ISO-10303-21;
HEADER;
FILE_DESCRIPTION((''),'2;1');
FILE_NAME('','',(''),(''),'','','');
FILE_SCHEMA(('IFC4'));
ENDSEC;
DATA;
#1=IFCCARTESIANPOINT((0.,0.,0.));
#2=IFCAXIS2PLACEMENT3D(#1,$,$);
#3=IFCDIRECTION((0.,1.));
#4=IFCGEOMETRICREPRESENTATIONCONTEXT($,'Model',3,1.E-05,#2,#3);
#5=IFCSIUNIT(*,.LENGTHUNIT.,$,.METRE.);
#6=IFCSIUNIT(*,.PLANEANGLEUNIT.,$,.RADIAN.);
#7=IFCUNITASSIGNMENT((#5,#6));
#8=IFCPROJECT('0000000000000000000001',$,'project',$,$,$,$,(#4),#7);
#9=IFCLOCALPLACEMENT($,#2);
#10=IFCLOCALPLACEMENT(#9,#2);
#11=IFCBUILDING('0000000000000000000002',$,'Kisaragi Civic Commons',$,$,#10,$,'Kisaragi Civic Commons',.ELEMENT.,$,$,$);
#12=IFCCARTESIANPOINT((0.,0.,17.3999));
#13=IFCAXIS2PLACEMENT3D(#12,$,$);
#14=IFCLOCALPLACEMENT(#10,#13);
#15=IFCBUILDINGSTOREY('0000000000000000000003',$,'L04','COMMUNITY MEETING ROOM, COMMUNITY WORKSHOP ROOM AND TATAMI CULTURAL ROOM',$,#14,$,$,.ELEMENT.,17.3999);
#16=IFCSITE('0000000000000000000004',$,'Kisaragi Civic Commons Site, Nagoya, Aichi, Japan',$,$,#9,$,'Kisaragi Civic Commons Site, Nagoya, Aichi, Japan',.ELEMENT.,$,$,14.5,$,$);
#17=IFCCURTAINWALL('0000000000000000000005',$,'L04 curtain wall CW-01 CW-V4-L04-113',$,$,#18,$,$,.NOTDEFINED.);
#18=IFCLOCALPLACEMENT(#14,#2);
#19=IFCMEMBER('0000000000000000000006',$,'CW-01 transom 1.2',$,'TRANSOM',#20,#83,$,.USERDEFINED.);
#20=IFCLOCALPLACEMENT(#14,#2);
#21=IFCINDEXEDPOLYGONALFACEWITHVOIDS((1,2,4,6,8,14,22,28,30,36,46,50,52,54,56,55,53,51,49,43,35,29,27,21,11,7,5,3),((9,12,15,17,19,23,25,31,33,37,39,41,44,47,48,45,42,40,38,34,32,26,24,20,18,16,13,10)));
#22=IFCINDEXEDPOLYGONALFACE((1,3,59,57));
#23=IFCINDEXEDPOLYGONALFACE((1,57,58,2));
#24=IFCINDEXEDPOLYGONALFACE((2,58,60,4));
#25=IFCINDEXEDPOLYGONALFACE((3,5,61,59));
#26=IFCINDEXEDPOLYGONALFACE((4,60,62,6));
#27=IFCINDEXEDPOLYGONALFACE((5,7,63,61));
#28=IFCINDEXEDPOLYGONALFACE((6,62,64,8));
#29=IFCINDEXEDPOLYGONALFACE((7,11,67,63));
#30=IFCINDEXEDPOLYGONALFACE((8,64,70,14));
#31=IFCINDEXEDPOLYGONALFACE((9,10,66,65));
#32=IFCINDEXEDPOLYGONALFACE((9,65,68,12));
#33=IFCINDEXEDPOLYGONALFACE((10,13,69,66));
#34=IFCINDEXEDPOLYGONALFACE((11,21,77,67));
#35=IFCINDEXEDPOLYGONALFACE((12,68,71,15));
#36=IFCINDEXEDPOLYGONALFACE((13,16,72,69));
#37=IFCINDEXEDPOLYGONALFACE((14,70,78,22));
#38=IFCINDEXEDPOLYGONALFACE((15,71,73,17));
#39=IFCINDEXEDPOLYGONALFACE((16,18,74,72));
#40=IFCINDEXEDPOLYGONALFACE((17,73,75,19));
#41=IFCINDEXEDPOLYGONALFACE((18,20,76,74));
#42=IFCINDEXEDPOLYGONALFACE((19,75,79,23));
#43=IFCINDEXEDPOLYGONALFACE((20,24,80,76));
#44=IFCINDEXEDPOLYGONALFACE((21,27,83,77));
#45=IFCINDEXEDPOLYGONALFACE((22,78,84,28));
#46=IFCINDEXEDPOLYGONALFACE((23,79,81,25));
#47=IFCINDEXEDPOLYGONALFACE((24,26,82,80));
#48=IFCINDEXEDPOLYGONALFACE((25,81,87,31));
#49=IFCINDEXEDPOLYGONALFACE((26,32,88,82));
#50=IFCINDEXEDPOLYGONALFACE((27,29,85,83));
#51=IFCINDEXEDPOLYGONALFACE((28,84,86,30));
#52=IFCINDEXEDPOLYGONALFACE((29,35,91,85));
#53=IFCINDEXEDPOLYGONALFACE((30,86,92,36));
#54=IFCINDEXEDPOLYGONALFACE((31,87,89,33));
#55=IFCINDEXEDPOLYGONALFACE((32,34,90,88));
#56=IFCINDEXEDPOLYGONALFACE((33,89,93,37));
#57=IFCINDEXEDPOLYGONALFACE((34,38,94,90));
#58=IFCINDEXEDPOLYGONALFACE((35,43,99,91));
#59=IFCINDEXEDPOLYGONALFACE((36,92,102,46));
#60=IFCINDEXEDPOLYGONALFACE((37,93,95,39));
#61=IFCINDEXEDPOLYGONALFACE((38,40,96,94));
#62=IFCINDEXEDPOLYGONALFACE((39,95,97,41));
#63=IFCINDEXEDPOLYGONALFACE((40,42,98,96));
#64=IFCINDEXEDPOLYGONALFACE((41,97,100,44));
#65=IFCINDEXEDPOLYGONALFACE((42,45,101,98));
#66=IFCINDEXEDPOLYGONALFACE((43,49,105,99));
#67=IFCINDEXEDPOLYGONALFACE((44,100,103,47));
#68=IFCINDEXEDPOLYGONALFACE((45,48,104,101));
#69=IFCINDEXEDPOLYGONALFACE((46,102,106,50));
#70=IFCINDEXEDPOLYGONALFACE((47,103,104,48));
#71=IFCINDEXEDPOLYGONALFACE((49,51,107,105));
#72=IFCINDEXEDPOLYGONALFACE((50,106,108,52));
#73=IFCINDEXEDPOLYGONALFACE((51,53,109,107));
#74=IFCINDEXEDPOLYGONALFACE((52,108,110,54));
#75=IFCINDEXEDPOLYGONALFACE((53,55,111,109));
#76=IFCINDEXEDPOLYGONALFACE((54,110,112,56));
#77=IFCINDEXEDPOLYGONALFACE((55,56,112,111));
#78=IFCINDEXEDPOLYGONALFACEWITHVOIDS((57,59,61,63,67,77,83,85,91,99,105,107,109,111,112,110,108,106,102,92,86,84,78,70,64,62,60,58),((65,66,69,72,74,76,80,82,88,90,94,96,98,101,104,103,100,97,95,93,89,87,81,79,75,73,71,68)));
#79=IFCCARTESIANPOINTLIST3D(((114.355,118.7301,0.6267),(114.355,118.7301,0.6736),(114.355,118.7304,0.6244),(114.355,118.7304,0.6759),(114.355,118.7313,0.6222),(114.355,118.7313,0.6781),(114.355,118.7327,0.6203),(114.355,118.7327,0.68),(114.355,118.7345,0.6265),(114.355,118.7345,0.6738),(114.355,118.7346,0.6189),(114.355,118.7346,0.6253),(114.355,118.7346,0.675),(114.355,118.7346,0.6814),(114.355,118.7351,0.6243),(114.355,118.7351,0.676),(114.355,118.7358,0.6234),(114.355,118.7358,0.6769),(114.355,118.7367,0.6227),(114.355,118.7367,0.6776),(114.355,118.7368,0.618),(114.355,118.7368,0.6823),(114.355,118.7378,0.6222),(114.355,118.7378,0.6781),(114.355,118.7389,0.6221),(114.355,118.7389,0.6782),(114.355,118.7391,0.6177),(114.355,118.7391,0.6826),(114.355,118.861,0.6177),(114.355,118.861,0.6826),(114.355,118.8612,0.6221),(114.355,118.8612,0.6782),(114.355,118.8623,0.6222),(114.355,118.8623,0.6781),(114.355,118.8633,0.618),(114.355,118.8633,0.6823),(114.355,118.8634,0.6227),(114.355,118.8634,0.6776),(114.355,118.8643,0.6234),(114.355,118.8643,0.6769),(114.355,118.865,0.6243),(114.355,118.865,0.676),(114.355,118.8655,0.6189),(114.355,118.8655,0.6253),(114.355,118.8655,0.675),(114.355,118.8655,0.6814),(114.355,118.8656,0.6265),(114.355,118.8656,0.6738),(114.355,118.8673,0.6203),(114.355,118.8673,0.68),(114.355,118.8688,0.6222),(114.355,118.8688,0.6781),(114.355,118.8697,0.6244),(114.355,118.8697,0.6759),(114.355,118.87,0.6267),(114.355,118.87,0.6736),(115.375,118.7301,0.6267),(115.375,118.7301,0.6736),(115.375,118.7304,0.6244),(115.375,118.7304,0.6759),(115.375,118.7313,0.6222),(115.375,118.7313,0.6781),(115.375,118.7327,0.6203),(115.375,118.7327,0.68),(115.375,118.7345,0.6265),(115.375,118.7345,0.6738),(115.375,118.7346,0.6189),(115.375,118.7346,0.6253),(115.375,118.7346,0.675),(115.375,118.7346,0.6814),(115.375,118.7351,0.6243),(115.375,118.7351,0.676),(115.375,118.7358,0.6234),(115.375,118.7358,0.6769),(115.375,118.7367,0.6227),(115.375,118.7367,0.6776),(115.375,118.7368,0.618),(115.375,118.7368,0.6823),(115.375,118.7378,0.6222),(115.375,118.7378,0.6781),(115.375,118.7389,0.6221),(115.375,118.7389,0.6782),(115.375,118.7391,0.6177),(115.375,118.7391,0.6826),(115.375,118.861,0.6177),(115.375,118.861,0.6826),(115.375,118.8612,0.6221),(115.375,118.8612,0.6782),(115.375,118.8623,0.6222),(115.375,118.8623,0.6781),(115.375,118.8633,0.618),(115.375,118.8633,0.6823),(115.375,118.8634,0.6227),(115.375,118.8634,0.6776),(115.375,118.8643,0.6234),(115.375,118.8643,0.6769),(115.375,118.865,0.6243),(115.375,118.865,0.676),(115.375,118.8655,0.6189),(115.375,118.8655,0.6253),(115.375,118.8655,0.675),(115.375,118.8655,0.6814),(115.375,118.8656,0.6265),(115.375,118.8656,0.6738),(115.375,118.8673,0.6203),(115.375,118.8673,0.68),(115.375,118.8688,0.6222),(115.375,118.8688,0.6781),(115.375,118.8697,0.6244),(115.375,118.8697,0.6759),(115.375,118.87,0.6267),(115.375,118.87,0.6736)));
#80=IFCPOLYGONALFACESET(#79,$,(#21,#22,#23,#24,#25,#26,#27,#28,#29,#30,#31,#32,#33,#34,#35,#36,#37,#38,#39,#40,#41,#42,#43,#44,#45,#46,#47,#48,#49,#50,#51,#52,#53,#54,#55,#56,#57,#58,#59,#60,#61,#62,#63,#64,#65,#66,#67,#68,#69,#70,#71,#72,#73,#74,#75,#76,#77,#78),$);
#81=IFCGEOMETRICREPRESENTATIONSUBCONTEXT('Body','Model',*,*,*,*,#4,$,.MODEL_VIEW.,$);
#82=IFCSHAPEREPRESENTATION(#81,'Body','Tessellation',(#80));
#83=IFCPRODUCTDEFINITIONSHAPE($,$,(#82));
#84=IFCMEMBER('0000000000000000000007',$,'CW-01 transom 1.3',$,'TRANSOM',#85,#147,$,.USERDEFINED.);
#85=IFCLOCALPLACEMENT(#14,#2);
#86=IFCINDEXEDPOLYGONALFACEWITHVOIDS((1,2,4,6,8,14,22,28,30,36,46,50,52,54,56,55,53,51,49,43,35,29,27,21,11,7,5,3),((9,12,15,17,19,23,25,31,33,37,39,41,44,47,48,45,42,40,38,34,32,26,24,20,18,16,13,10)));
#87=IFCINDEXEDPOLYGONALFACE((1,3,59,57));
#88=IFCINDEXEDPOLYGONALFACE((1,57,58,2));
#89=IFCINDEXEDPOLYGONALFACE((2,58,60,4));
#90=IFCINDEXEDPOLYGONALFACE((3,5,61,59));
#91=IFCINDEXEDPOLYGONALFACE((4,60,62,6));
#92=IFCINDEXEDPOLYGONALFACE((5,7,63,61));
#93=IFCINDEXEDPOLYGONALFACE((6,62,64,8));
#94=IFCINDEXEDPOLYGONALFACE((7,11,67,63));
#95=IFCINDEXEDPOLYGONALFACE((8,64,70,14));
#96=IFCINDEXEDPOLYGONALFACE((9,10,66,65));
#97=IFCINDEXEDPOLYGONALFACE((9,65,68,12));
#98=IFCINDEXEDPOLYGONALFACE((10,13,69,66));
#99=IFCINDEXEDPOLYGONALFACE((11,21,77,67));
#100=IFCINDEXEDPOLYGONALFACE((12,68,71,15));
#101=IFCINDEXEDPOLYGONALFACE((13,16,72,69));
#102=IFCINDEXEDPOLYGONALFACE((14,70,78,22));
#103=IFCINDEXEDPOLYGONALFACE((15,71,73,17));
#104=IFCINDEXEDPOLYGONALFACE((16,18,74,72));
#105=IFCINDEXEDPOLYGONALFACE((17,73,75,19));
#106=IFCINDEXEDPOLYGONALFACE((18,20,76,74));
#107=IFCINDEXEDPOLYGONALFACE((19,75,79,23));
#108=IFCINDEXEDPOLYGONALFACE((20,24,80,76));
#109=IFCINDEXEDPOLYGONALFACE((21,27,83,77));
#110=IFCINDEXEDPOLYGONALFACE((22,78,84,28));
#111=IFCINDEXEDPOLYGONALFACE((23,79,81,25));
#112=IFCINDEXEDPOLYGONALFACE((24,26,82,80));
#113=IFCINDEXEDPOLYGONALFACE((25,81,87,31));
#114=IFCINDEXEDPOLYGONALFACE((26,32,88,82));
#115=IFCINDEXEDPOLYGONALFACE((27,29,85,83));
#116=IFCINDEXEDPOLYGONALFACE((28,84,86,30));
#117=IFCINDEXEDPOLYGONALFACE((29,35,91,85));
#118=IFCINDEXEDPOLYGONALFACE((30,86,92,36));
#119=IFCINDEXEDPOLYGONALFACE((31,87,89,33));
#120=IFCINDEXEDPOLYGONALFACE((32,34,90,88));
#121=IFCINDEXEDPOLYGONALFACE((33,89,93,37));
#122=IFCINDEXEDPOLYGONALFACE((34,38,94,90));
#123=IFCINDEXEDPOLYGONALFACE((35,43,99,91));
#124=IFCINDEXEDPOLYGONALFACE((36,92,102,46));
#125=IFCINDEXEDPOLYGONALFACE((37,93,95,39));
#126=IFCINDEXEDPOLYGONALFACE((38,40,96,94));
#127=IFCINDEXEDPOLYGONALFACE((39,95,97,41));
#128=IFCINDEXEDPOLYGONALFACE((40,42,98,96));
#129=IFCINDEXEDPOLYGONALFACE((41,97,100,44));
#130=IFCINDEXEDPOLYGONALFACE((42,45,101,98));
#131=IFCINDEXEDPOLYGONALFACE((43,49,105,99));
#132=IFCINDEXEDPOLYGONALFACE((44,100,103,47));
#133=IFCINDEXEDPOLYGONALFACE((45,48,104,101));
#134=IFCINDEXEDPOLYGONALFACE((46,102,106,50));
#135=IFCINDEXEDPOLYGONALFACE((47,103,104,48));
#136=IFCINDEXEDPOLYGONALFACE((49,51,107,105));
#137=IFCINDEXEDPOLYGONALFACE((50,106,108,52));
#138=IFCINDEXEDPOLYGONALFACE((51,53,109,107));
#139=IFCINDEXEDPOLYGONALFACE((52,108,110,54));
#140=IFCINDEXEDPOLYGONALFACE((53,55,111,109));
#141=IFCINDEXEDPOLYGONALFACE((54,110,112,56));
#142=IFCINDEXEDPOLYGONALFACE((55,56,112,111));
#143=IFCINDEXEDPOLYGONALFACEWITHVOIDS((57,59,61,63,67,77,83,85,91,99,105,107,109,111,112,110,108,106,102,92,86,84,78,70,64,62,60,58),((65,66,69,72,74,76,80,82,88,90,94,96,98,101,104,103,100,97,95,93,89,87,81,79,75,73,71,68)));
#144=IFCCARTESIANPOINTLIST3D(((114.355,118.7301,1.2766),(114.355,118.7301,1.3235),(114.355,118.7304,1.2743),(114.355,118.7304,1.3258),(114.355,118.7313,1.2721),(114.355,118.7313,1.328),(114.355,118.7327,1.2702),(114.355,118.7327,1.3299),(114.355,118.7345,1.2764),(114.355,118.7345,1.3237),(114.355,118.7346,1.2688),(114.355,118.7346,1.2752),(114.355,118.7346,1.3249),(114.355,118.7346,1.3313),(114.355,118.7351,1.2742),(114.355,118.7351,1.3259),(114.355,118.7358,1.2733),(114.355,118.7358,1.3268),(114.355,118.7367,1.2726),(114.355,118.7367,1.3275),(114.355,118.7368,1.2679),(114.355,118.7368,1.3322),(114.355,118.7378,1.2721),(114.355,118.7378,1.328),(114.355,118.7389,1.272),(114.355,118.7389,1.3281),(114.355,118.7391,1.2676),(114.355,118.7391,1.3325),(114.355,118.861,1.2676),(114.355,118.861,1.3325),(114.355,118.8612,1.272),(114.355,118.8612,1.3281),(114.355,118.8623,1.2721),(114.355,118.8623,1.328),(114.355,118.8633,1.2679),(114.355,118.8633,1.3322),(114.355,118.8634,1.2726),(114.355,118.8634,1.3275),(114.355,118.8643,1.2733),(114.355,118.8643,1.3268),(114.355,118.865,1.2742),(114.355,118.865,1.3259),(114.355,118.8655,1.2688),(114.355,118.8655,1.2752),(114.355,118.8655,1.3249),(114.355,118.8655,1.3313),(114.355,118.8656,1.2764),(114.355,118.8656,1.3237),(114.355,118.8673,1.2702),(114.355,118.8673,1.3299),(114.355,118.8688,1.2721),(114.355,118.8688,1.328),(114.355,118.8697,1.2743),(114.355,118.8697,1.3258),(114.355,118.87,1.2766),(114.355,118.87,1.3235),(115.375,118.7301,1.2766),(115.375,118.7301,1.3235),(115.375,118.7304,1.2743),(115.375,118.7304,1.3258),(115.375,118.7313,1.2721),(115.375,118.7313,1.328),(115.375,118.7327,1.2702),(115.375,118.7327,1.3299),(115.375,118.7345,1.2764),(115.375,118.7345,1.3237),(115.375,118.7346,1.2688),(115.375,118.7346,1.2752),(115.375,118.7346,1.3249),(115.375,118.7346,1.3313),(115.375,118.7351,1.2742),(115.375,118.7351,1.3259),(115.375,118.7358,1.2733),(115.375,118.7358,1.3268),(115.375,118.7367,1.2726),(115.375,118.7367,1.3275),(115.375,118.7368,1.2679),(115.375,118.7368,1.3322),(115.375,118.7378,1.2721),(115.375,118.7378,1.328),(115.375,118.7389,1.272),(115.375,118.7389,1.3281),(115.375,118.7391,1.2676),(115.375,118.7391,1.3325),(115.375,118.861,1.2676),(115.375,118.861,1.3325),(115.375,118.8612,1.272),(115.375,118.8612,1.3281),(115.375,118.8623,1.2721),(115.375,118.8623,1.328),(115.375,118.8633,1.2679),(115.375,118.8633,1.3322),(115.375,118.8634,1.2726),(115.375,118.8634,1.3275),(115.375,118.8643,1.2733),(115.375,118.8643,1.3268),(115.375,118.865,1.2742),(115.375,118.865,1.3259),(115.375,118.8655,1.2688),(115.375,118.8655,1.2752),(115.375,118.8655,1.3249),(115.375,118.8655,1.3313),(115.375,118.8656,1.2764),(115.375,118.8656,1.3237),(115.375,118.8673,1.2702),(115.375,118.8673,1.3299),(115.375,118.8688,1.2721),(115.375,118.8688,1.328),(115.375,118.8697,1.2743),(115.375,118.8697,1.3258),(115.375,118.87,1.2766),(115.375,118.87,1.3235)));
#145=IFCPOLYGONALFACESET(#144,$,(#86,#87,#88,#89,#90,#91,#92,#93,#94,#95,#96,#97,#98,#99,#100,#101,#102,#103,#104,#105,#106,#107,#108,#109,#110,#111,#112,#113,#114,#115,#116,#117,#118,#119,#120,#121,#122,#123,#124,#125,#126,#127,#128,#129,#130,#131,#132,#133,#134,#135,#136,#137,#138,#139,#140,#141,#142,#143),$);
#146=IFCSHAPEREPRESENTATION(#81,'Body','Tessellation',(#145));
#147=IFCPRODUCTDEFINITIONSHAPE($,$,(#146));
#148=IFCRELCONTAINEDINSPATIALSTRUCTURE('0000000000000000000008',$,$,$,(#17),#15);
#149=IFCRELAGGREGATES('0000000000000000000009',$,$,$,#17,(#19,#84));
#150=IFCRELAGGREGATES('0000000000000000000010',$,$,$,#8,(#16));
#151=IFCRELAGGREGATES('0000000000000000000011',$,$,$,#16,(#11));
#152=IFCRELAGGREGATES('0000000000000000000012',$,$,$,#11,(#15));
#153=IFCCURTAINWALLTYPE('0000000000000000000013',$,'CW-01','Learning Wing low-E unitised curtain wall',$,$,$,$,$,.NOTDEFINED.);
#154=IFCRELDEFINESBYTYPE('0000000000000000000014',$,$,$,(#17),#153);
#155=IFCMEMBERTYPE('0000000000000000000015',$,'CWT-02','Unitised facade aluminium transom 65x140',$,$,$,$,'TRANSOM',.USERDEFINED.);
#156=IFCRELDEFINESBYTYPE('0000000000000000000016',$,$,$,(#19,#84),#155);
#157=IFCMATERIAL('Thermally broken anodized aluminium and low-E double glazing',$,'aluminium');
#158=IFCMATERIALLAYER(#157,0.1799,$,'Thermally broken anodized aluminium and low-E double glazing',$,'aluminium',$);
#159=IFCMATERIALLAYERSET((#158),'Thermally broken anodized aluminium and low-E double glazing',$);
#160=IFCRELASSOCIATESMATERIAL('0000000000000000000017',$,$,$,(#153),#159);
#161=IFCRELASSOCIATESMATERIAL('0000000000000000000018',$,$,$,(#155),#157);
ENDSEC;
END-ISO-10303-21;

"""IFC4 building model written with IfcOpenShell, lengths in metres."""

from ifc_helpers import new_model, si_unit, direction, frame, origin, origin_2d, place, context, subcontext, project, spatial, hollow_rectangle, extrude, material, layer, layer_set, material_profile, profile_set, type_object, element, aggregate, save


model = new_model("IFC4")

# Units and contexts
model_context = context("Model", 3, precision=1e-05, world=origin(), true_north=direction((0.0, 1.0)))
body_context = subcontext(model_context, "Body", "Model", "MODEL_VIEW")
ifc_project = project(units=[si_unit("LENGTHUNIT", "METRE"), si_unit("PLANEANGLEUNIT", "RADIAN")], contexts=[model_context])

# Site, building, storey
site_placement = place(None, origin())
site = spatial("IfcSite", under=ifc_project, at=site_placement, Name="Kisaragi Civic Commons Site, Nagoya, Aichi, Japan", LongName="Kisaragi Civic Commons Site, Nagoya, Aichi, Japan", CompositionType="ELEMENT", RefElevation=14.5)
building_placement = place(site_placement, origin())
building = spatial("IfcBuilding", under=site, at=building_placement, Name="Kisaragi Civic Commons", LongName="Kisaragi Civic Commons", CompositionType="ELEMENT")
storey_placement = place(building_placement, frame((0.0, 0.0, 17.3999)))
storey = spatial("IfcBuildingStorey", under=building, at=storey_placement, Name="L04", Description="COMMUNITY MEETING ROOM, COMMUNITY WORKSHOP ROOM AND TATAMI CULTURAL ROOM", CompositionType="ELEMENT", Elevation=17.3999)

# Shared definitions
ifc_material_1 = material(Name="Thermally broken anodized aluminium and low-E double glazing", Category="aluminium")
ifc_layer_1 = layer(ifc_material_1, 0.1799, Name="Thermally broken anodized aluminium and low-E double glazing", Category="aluminium")
ifc_layer_set_1 = layer_set([ifc_layer_1], Name="Thermally broken anodized aluminium and low-E double glazing")
curtain_wall_type = type_object("IfcCurtainWallType", Name="CW-01", Description="Learning Wing low-E unitised curtain wall", PredefinedType="NOTDEFINED", material=ifc_layer_set_1)

# Curtain wall, members
curtain_wall_1_placement = place(storey_placement, origin())
curtain_wall_1 = element("IfcCurtainWall", 1, at=curtain_wall_1_placement, inside=storey, type_object=curtain_wall_type, Name="L04 curtain wall CW-01 CW-V4-L04-113", PredefinedType="NOTDEFINED")
ifc_material_profile_1 = material_profile(ifc_material_1, hollow_rectangle(XDim=0.1399, YDim=0.0649, WallThickness=0.0044, InnerFilletRadius=0.0044, OuterFilletRadius=0.009, at=origin_2d()), Name="CWT-65x140x4.5", Category="aluminium")
ifc_profile_set_1 = profile_set([ifc_material_profile_1], Name="Thermally broken anodized aluminium and low-E double glazing")
member_type_1 = type_object("IfcMemberType", Name="CWT-02", Description="Unitised facade aluminium transom 65x140", ElementType="TRANSOM", PredefinedType="USERDEFINED", material=ifc_profile_set_1)
member_1_placement = place(storey_placement, frame((114.355, 118.8, 0.6501), z_axis=(1.0, 0.0, 0.0), x_axis=(0.0, 1.0, 0.0)))
member_1 = element("IfcMember", 2, at=member_1_placement, type_object=member_type_1, Name="CW-01 transom 1.2", ObjectType="TRANSOM", PredefinedType="USERDEFINED", context=body_context, shape_type="SweptSolid", body=[
    extrude(hollow_rectangle(XDim=0.1399, YDim=0.0649, WallThickness=0.0044, InnerFilletRadius=0.0044, OuterFilletRadius=0.009, at=origin_2d()), origin(), (0.0, 0.0, 1.0), 1.02),
])
member_2_placement = place(storey_placement, frame((114.355, 118.8, 1.3), z_axis=(1.0, 0.0, 0.0), x_axis=(0.0, 1.0, 0.0)))
member_2 = element("IfcMember", 3, at=member_2_placement, type_object=member_type_1, Name="CW-01 transom 1.3", ObjectType="TRANSOM", PredefinedType="USERDEFINED", context=body_context, shape_type="SweptSolid", body=[
    extrude(hollow_rectangle(XDim=0.1399, YDim=0.0649, WallThickness=0.0044, InnerFilletRadius=0.0044, OuterFilletRadius=0.009, at=origin_2d()), origin(), (0.0, 0.0, 1.0), 1.02),
])

aggregate(curtain_wall_1, [member_1, member_2])

save(model, "model.ifc")
